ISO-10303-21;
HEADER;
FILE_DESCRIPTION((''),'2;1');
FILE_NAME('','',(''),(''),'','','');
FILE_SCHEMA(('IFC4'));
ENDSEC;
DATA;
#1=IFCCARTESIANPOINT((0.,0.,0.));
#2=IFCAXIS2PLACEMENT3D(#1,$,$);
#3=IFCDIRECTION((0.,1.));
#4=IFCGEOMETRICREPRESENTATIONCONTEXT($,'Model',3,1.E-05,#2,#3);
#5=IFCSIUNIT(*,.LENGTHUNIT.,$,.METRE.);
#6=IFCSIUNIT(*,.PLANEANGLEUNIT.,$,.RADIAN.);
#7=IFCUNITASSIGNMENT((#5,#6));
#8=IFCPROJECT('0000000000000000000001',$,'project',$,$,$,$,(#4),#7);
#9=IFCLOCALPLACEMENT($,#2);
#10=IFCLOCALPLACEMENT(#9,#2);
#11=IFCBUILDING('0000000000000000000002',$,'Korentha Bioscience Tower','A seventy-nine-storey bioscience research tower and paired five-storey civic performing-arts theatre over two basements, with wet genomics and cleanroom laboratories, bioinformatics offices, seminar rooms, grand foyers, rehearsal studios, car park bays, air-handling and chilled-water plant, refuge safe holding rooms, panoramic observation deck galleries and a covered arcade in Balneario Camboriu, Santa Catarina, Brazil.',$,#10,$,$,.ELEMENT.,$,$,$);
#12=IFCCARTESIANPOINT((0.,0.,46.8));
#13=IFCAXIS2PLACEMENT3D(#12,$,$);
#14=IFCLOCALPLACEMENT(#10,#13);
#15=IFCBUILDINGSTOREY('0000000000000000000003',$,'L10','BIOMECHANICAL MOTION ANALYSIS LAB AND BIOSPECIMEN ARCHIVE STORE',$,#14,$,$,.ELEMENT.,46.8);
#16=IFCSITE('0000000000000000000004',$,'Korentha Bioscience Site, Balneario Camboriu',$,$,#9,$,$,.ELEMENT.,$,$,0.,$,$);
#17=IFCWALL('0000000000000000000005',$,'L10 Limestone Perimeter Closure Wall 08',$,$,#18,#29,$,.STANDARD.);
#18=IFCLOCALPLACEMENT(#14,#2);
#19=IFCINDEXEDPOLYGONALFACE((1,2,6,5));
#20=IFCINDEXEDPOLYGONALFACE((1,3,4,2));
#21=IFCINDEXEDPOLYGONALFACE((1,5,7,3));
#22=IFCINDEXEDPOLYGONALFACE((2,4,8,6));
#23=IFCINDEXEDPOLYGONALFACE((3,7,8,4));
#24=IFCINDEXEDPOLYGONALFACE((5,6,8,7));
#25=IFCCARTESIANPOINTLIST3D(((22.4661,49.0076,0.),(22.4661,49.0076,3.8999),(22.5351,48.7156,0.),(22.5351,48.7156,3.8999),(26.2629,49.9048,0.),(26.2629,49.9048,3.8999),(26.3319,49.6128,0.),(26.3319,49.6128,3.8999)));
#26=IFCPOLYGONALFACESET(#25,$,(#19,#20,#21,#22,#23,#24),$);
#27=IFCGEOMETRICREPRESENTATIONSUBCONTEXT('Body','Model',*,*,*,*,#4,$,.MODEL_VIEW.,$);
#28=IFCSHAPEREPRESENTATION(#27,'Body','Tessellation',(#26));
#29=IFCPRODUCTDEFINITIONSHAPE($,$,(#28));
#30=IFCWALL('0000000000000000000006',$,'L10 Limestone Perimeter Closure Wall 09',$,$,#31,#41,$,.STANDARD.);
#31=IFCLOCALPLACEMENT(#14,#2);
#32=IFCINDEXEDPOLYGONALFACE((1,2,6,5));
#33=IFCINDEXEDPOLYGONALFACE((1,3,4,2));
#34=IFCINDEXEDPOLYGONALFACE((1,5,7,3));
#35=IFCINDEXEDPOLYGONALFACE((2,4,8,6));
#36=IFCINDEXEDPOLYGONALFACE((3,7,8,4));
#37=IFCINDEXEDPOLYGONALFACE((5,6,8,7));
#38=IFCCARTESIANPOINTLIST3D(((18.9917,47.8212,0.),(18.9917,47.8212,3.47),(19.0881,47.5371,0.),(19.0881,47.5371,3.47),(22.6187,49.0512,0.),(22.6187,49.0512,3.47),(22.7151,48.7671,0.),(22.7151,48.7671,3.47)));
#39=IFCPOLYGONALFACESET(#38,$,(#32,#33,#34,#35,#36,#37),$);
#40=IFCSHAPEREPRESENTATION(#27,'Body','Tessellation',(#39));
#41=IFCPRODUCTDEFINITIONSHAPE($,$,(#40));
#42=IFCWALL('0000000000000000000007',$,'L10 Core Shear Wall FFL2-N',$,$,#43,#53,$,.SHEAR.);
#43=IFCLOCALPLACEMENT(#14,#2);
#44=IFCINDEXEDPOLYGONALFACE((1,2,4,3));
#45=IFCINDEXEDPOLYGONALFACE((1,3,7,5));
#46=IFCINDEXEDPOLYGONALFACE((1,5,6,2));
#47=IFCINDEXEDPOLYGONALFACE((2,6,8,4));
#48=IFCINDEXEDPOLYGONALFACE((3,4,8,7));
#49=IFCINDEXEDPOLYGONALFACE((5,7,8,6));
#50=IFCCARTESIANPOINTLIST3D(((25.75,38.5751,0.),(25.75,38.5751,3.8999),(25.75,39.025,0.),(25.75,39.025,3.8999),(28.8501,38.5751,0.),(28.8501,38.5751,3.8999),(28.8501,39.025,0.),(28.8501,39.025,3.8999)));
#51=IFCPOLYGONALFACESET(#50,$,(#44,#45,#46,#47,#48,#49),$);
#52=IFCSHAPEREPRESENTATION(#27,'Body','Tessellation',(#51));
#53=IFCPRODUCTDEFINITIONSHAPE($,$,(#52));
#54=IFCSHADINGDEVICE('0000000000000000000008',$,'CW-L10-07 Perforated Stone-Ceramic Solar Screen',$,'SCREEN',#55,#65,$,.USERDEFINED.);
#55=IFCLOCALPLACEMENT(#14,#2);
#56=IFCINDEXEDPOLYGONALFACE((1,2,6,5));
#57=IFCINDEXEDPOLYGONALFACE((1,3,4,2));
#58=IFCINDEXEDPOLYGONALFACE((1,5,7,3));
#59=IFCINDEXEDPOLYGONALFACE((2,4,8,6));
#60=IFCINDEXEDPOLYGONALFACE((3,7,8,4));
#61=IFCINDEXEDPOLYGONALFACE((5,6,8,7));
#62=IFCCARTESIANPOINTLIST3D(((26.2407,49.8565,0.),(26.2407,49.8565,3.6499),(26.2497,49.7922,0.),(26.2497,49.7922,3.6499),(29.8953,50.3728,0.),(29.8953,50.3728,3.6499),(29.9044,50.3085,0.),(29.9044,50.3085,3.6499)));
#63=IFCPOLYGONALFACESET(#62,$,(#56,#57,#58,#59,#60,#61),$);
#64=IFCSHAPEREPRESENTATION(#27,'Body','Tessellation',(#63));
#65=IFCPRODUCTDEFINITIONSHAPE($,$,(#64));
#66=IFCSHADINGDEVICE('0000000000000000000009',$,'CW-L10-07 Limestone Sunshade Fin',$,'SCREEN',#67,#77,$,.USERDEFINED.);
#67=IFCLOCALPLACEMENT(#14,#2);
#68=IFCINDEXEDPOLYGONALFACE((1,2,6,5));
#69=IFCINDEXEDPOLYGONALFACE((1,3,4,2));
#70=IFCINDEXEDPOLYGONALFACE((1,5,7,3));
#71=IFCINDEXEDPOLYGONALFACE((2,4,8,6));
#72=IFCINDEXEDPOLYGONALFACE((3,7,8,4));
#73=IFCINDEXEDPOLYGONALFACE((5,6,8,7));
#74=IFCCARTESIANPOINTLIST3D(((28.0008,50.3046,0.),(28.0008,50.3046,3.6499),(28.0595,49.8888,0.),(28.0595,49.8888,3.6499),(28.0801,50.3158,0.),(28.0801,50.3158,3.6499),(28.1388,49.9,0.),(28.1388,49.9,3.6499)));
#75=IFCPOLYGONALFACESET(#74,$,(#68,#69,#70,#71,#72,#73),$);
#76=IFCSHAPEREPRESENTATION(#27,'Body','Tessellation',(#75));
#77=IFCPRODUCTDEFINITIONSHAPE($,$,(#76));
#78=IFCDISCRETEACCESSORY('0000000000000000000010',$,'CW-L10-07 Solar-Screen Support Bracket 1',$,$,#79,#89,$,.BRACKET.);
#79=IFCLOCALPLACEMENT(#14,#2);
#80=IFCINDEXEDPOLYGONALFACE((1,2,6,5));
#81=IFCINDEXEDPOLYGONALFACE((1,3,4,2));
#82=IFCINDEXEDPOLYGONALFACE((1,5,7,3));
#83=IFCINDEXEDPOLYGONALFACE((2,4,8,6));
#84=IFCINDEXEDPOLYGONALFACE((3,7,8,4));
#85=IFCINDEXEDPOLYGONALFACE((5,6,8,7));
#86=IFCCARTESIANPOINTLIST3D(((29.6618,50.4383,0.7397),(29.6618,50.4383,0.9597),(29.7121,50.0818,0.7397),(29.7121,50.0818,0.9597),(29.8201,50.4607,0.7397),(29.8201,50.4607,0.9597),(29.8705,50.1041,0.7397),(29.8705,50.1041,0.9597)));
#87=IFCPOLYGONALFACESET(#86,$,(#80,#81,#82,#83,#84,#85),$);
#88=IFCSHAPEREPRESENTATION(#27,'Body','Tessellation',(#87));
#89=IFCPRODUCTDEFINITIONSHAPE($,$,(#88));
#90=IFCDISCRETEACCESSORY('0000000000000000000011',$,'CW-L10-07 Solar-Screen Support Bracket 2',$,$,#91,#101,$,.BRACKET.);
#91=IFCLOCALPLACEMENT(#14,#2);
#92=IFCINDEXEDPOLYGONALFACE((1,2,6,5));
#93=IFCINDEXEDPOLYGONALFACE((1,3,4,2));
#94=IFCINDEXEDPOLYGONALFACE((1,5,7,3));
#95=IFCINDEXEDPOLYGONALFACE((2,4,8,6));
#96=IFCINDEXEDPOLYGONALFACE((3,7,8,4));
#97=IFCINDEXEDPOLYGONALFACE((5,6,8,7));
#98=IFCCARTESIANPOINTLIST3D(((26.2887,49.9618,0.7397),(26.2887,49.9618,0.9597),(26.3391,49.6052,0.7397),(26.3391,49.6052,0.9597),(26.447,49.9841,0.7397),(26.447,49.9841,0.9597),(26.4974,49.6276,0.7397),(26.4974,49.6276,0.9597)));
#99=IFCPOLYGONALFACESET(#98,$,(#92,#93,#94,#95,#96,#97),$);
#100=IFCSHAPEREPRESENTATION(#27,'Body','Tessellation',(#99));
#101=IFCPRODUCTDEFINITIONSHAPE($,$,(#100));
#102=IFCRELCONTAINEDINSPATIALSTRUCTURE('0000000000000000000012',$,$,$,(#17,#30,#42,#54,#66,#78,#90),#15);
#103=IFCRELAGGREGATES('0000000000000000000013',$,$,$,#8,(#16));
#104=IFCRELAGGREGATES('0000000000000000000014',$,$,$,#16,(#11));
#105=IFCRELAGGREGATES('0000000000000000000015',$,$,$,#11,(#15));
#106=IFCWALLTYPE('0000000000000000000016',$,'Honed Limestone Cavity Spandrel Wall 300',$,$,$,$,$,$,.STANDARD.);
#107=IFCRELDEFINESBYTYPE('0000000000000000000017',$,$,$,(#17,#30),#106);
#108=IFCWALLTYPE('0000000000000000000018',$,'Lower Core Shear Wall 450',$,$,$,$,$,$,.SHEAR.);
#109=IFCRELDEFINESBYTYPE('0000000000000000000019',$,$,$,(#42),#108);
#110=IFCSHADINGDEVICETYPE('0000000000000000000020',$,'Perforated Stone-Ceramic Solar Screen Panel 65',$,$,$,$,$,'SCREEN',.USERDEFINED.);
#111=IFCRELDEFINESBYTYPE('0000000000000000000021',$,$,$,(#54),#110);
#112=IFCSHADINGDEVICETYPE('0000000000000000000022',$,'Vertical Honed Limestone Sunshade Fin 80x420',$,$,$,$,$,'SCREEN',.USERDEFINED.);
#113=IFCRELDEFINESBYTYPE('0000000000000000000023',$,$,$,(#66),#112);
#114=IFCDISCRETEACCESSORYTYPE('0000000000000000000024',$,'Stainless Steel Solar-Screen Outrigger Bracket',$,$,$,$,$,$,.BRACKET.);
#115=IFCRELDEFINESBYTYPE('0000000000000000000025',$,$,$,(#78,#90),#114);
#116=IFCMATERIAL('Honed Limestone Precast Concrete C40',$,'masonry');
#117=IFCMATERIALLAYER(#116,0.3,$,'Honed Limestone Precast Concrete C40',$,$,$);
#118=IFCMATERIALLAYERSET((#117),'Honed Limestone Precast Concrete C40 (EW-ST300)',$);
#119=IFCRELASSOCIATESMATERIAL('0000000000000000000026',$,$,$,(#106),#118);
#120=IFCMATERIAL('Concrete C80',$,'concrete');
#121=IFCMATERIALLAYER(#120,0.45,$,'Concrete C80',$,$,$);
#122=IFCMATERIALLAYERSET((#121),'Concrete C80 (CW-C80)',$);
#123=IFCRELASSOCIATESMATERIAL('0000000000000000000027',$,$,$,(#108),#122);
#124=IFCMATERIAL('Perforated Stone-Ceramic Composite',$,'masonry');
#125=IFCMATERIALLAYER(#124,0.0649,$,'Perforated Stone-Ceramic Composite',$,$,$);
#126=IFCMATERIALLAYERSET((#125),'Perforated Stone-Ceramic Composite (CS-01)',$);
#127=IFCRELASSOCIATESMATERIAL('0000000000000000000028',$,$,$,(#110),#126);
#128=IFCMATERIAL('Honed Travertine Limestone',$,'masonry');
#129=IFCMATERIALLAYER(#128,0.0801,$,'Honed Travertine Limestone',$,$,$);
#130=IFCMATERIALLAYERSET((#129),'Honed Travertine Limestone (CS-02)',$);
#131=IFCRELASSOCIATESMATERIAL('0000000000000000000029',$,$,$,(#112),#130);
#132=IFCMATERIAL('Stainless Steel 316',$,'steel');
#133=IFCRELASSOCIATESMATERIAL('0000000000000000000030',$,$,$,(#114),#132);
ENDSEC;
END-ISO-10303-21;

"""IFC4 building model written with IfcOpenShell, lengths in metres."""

from ifc_helpers import new_model, si_unit, direction, frame, frame_2d, origin, origin_2d, place, context, subcontext, project, spatial, rectangle, extrude, material, layer, layer_set, type_object, element, save


model = new_model("IFC4")

# Units and contexts
model_context = context("Model", 3, precision=1e-05, world=origin(), true_north=direction((0.0, 1.0)))
body_context = subcontext(model_context, "Body", "Model", "MODEL_VIEW")
ifc_project = project(units=[si_unit("LENGTHUNIT", "METRE"), si_unit("PLANEANGLEUNIT", "RADIAN")], contexts=[model_context])

# Site, building, storey
site_placement = place(None, origin())
site = spatial("IfcSite", under=ifc_project, at=site_placement, Name="Korentha Bioscience Site, Balneario Camboriu", CompositionType="ELEMENT", RefElevation=0.0)
building_placement = place(site_placement, origin())
building = spatial("IfcBuilding", under=site, at=building_placement, Name="Korentha Bioscience Tower", Description="A seventy-nine-storey bioscience research tower and paired five-storey civic performing-arts theatre over two basements, with wet genomics and cleanroom laboratories, bioinformatics offices, seminar rooms, grand foyers, rehearsal studios, car park bays, air-handling and chilled-water plant, refuge safe holding rooms, panoramic observation deck galleries and a covered arcade in Balneario Camboriu, Santa Catarina, Brazil.", CompositionType="ELEMENT")
storey_placement = place(building_placement, frame((0.0, 0.0, 46.8)))
storey = spatial("IfcBuildingStorey", under=building, at=storey_placement, Name="L10", Description="BIOMECHANICAL MOTION ANALYSIS LAB AND BIOSPECIMEN ARCHIVE STORE", CompositionType="ELEMENT", Elevation=46.8)

# Shared definitions
ifc_material_1 = material(Name="Concrete C80", Category="concrete")

# Walls
ifc_material_2 = material(Name="Honed Limestone Precast Concrete C40", Category="masonry")
ifc_layer_1 = layer(ifc_material_2, 0.3, Name="Honed Limestone Precast Concrete C40")
ifc_layer_set_1 = layer_set([ifc_layer_1], Name="Honed Limestone Precast Concrete C40 (EW-ST300)")
wall_type_1 = type_object("IfcWallType", Name="Honed Limestone Cavity Spandrel Wall 300", PredefinedType="STANDARD", material=ifc_layer_set_1)
wall_1_placement = place(storey_placement, frame((26.2974, 49.7588, 0.0), z_axis=(0.0, 0.0, 1.0), x_axis=(-0.973198, -0.22997, 0.0)))
element("IfcWall", 1, at=wall_1_placement, inside=storey, type_object=wall_type_1, Name="L10 Limestone Perimeter Closure Wall 08", PredefinedType="STANDARD", context=body_context, shape_type="SweptSolid", body=[
    extrude(rectangle(XDim=3.9014, YDim=0.3, at=frame_2d((1.9507, 0.0))), origin(), (0.0, 0.0, 1.0), 3.8999),
])
wall_2_placement = place(storey_placement, frame((22.667, 48.9092, 0.0), z_axis=(0.0, 0.0, 1.0), x_axis=(-0.947026, -0.321158, 0.0)))
element("IfcWall", 2, at=wall_2_placement, inside=storey, type_object=wall_type_1, Name="L10 Limestone Perimeter Closure Wall 09", PredefinedType="STANDARD", context=body_context, shape_type="SweptSolid", body=[
    extrude(rectangle(XDim=3.8298, YDim=0.3, at=frame_2d((1.915, 0.0))), origin(), (0.0, 0.0, 1.0), 3.47),
])
ifc_layer_2 = layer(ifc_material_1, 0.45, Name="Concrete C80")
ifc_layer_set_2 = layer_set([ifc_layer_2], Name="Concrete C80 (CW-C80)")
wall_type_2 = type_object("IfcWallType", Name="Lower Core Shear Wall 450", PredefinedType="SHEAR", material=ifc_layer_set_2)
wall_3_placement = place(storey_placement, frame((25.75, 38.8, 0.0), z_axis=(0.0, 0.0, 1.0), x_axis=(1.0, 0.0, 0.0)))
element("IfcWall", 3, at=wall_3_placement, inside=storey, type_object=wall_type_2, Name="L10 Core Shear Wall FFL2-N", PredefinedType="SHEAR", context=body_context, shape_type="SweptSolid", body=[
    extrude(rectangle(XDim=3.1001, YDim=0.45, at=frame_2d((1.55, 0.0))), origin(), (0.0, 0.0, 1.0), 3.8999),
])

# Shading devices
ifc_material_3 = material(Name="Perforated Stone-Ceramic Composite", Category="masonry")
ifc_layer_3 = layer(ifc_material_3, 0.0649, Name="Perforated Stone-Ceramic Composite")
ifc_layer_set_3 = layer_set([ifc_layer_3], Name="Perforated Stone-Ceramic Composite (CS-01)")
shading_device_type_1 = type_object("IfcShadingDeviceType", Name="Perforated Stone-Ceramic Solar Screen Panel 65", ElementType="SCREEN", PredefinedType="USERDEFINED", material=ifc_layer_set_3)
shading_device_1_placement = place(storey_placement, frame((28.0725, 50.0825, 0.0), z_axis=(0.0, 0.0, 1.0), x_axis=(-0.990167, -0.139888, 0.0)))
element("IfcShadingDevice", 4, at=shading_device_1_placement, inside=storey, type_object=shading_device_type_1, Name="CW-L10-07 Perforated Stone-Ceramic Solar Screen", ObjectType="SCREEN", PredefinedType="USERDEFINED", context=body_context, shape_type="SweptSolid", body=[
    extrude(rectangle(XDim=3.6909, YDim=0.0649, at=origin_2d()), origin(), (0.0, 0.0, 1.0), 3.6499),
])
ifc_material_4 = material(Name="Honed Travertine Limestone", Category="masonry")
ifc_layer_4 = layer(ifc_material_4, 0.0801, Name="Honed Travertine Limestone")
ifc_layer_set_4 = layer_set([ifc_layer_4], Name="Honed Travertine Limestone (CS-02)")
shading_device_type_2 = type_object("IfcShadingDeviceType", Name="Vertical Honed Limestone Sunshade Fin 80x420", ElementType="SCREEN", PredefinedType="USERDEFINED", material=ifc_layer_set_4)
shading_device_2_placement = place(storey_placement, frame((28.0698, 50.1023, 0.0), z_axis=(0.0, 0.0, 1.0), x_axis=(-0.990167, -0.139888, 0.0)))
element("IfcShadingDevice", 5, at=shading_device_2_placement, inside=storey, type_object=shading_device_type_2, Name="CW-L10-07 Limestone Sunshade Fin", ObjectType="SCREEN", PredefinedType="USERDEFINED", context=body_context, shape_type="SweptSolid", body=[
    extrude(rectangle(XDim=0.0801, YDim=0.4199, at=origin_2d()), origin(), (0.0, 0.0, 1.0), 3.6499),
])

# Discrete accessories
ifc_material_5 = material(Name="Stainless Steel 316", Category="steel")
discrete_accessory_type = type_object("IfcDiscreteAccessoryType", Name="Stainless Steel Solar-Screen Outrigger Bracket", PredefinedType="BRACKET", material=ifc_material_5)
for number, where, z_axis, x_axis, name in (
    (6, (29.7661, 50.2712, 0.7397), (0.0, 0.0, 1.0), (-0.990167, -0.139888, 0.0), "CW-L10-07 Solar-Screen Support Bracket 1"),
    (7, (26.3931, 49.7947, 0.7397), (0.0, 0.0, 1.0), (-0.990167, -0.139888, 0.0), "CW-L10-07 Solar-Screen Support Bracket 2"),
):
    element("IfcDiscreteAccessory", number, at=place(storey_placement, frame(where, z_axis=z_axis, x_axis=x_axis)), inside=storey, type_object=discrete_accessory_type, Name=name, PredefinedType="BRACKET", context=body_context, shape_type="SweptSolid", body=[
        extrude(rectangle(XDim=0.1599, YDim=0.3601, at=origin_2d()), origin(), (0.0, 0.0, 1.0), 0.22),
    ])

save(model, "model.ifc")
